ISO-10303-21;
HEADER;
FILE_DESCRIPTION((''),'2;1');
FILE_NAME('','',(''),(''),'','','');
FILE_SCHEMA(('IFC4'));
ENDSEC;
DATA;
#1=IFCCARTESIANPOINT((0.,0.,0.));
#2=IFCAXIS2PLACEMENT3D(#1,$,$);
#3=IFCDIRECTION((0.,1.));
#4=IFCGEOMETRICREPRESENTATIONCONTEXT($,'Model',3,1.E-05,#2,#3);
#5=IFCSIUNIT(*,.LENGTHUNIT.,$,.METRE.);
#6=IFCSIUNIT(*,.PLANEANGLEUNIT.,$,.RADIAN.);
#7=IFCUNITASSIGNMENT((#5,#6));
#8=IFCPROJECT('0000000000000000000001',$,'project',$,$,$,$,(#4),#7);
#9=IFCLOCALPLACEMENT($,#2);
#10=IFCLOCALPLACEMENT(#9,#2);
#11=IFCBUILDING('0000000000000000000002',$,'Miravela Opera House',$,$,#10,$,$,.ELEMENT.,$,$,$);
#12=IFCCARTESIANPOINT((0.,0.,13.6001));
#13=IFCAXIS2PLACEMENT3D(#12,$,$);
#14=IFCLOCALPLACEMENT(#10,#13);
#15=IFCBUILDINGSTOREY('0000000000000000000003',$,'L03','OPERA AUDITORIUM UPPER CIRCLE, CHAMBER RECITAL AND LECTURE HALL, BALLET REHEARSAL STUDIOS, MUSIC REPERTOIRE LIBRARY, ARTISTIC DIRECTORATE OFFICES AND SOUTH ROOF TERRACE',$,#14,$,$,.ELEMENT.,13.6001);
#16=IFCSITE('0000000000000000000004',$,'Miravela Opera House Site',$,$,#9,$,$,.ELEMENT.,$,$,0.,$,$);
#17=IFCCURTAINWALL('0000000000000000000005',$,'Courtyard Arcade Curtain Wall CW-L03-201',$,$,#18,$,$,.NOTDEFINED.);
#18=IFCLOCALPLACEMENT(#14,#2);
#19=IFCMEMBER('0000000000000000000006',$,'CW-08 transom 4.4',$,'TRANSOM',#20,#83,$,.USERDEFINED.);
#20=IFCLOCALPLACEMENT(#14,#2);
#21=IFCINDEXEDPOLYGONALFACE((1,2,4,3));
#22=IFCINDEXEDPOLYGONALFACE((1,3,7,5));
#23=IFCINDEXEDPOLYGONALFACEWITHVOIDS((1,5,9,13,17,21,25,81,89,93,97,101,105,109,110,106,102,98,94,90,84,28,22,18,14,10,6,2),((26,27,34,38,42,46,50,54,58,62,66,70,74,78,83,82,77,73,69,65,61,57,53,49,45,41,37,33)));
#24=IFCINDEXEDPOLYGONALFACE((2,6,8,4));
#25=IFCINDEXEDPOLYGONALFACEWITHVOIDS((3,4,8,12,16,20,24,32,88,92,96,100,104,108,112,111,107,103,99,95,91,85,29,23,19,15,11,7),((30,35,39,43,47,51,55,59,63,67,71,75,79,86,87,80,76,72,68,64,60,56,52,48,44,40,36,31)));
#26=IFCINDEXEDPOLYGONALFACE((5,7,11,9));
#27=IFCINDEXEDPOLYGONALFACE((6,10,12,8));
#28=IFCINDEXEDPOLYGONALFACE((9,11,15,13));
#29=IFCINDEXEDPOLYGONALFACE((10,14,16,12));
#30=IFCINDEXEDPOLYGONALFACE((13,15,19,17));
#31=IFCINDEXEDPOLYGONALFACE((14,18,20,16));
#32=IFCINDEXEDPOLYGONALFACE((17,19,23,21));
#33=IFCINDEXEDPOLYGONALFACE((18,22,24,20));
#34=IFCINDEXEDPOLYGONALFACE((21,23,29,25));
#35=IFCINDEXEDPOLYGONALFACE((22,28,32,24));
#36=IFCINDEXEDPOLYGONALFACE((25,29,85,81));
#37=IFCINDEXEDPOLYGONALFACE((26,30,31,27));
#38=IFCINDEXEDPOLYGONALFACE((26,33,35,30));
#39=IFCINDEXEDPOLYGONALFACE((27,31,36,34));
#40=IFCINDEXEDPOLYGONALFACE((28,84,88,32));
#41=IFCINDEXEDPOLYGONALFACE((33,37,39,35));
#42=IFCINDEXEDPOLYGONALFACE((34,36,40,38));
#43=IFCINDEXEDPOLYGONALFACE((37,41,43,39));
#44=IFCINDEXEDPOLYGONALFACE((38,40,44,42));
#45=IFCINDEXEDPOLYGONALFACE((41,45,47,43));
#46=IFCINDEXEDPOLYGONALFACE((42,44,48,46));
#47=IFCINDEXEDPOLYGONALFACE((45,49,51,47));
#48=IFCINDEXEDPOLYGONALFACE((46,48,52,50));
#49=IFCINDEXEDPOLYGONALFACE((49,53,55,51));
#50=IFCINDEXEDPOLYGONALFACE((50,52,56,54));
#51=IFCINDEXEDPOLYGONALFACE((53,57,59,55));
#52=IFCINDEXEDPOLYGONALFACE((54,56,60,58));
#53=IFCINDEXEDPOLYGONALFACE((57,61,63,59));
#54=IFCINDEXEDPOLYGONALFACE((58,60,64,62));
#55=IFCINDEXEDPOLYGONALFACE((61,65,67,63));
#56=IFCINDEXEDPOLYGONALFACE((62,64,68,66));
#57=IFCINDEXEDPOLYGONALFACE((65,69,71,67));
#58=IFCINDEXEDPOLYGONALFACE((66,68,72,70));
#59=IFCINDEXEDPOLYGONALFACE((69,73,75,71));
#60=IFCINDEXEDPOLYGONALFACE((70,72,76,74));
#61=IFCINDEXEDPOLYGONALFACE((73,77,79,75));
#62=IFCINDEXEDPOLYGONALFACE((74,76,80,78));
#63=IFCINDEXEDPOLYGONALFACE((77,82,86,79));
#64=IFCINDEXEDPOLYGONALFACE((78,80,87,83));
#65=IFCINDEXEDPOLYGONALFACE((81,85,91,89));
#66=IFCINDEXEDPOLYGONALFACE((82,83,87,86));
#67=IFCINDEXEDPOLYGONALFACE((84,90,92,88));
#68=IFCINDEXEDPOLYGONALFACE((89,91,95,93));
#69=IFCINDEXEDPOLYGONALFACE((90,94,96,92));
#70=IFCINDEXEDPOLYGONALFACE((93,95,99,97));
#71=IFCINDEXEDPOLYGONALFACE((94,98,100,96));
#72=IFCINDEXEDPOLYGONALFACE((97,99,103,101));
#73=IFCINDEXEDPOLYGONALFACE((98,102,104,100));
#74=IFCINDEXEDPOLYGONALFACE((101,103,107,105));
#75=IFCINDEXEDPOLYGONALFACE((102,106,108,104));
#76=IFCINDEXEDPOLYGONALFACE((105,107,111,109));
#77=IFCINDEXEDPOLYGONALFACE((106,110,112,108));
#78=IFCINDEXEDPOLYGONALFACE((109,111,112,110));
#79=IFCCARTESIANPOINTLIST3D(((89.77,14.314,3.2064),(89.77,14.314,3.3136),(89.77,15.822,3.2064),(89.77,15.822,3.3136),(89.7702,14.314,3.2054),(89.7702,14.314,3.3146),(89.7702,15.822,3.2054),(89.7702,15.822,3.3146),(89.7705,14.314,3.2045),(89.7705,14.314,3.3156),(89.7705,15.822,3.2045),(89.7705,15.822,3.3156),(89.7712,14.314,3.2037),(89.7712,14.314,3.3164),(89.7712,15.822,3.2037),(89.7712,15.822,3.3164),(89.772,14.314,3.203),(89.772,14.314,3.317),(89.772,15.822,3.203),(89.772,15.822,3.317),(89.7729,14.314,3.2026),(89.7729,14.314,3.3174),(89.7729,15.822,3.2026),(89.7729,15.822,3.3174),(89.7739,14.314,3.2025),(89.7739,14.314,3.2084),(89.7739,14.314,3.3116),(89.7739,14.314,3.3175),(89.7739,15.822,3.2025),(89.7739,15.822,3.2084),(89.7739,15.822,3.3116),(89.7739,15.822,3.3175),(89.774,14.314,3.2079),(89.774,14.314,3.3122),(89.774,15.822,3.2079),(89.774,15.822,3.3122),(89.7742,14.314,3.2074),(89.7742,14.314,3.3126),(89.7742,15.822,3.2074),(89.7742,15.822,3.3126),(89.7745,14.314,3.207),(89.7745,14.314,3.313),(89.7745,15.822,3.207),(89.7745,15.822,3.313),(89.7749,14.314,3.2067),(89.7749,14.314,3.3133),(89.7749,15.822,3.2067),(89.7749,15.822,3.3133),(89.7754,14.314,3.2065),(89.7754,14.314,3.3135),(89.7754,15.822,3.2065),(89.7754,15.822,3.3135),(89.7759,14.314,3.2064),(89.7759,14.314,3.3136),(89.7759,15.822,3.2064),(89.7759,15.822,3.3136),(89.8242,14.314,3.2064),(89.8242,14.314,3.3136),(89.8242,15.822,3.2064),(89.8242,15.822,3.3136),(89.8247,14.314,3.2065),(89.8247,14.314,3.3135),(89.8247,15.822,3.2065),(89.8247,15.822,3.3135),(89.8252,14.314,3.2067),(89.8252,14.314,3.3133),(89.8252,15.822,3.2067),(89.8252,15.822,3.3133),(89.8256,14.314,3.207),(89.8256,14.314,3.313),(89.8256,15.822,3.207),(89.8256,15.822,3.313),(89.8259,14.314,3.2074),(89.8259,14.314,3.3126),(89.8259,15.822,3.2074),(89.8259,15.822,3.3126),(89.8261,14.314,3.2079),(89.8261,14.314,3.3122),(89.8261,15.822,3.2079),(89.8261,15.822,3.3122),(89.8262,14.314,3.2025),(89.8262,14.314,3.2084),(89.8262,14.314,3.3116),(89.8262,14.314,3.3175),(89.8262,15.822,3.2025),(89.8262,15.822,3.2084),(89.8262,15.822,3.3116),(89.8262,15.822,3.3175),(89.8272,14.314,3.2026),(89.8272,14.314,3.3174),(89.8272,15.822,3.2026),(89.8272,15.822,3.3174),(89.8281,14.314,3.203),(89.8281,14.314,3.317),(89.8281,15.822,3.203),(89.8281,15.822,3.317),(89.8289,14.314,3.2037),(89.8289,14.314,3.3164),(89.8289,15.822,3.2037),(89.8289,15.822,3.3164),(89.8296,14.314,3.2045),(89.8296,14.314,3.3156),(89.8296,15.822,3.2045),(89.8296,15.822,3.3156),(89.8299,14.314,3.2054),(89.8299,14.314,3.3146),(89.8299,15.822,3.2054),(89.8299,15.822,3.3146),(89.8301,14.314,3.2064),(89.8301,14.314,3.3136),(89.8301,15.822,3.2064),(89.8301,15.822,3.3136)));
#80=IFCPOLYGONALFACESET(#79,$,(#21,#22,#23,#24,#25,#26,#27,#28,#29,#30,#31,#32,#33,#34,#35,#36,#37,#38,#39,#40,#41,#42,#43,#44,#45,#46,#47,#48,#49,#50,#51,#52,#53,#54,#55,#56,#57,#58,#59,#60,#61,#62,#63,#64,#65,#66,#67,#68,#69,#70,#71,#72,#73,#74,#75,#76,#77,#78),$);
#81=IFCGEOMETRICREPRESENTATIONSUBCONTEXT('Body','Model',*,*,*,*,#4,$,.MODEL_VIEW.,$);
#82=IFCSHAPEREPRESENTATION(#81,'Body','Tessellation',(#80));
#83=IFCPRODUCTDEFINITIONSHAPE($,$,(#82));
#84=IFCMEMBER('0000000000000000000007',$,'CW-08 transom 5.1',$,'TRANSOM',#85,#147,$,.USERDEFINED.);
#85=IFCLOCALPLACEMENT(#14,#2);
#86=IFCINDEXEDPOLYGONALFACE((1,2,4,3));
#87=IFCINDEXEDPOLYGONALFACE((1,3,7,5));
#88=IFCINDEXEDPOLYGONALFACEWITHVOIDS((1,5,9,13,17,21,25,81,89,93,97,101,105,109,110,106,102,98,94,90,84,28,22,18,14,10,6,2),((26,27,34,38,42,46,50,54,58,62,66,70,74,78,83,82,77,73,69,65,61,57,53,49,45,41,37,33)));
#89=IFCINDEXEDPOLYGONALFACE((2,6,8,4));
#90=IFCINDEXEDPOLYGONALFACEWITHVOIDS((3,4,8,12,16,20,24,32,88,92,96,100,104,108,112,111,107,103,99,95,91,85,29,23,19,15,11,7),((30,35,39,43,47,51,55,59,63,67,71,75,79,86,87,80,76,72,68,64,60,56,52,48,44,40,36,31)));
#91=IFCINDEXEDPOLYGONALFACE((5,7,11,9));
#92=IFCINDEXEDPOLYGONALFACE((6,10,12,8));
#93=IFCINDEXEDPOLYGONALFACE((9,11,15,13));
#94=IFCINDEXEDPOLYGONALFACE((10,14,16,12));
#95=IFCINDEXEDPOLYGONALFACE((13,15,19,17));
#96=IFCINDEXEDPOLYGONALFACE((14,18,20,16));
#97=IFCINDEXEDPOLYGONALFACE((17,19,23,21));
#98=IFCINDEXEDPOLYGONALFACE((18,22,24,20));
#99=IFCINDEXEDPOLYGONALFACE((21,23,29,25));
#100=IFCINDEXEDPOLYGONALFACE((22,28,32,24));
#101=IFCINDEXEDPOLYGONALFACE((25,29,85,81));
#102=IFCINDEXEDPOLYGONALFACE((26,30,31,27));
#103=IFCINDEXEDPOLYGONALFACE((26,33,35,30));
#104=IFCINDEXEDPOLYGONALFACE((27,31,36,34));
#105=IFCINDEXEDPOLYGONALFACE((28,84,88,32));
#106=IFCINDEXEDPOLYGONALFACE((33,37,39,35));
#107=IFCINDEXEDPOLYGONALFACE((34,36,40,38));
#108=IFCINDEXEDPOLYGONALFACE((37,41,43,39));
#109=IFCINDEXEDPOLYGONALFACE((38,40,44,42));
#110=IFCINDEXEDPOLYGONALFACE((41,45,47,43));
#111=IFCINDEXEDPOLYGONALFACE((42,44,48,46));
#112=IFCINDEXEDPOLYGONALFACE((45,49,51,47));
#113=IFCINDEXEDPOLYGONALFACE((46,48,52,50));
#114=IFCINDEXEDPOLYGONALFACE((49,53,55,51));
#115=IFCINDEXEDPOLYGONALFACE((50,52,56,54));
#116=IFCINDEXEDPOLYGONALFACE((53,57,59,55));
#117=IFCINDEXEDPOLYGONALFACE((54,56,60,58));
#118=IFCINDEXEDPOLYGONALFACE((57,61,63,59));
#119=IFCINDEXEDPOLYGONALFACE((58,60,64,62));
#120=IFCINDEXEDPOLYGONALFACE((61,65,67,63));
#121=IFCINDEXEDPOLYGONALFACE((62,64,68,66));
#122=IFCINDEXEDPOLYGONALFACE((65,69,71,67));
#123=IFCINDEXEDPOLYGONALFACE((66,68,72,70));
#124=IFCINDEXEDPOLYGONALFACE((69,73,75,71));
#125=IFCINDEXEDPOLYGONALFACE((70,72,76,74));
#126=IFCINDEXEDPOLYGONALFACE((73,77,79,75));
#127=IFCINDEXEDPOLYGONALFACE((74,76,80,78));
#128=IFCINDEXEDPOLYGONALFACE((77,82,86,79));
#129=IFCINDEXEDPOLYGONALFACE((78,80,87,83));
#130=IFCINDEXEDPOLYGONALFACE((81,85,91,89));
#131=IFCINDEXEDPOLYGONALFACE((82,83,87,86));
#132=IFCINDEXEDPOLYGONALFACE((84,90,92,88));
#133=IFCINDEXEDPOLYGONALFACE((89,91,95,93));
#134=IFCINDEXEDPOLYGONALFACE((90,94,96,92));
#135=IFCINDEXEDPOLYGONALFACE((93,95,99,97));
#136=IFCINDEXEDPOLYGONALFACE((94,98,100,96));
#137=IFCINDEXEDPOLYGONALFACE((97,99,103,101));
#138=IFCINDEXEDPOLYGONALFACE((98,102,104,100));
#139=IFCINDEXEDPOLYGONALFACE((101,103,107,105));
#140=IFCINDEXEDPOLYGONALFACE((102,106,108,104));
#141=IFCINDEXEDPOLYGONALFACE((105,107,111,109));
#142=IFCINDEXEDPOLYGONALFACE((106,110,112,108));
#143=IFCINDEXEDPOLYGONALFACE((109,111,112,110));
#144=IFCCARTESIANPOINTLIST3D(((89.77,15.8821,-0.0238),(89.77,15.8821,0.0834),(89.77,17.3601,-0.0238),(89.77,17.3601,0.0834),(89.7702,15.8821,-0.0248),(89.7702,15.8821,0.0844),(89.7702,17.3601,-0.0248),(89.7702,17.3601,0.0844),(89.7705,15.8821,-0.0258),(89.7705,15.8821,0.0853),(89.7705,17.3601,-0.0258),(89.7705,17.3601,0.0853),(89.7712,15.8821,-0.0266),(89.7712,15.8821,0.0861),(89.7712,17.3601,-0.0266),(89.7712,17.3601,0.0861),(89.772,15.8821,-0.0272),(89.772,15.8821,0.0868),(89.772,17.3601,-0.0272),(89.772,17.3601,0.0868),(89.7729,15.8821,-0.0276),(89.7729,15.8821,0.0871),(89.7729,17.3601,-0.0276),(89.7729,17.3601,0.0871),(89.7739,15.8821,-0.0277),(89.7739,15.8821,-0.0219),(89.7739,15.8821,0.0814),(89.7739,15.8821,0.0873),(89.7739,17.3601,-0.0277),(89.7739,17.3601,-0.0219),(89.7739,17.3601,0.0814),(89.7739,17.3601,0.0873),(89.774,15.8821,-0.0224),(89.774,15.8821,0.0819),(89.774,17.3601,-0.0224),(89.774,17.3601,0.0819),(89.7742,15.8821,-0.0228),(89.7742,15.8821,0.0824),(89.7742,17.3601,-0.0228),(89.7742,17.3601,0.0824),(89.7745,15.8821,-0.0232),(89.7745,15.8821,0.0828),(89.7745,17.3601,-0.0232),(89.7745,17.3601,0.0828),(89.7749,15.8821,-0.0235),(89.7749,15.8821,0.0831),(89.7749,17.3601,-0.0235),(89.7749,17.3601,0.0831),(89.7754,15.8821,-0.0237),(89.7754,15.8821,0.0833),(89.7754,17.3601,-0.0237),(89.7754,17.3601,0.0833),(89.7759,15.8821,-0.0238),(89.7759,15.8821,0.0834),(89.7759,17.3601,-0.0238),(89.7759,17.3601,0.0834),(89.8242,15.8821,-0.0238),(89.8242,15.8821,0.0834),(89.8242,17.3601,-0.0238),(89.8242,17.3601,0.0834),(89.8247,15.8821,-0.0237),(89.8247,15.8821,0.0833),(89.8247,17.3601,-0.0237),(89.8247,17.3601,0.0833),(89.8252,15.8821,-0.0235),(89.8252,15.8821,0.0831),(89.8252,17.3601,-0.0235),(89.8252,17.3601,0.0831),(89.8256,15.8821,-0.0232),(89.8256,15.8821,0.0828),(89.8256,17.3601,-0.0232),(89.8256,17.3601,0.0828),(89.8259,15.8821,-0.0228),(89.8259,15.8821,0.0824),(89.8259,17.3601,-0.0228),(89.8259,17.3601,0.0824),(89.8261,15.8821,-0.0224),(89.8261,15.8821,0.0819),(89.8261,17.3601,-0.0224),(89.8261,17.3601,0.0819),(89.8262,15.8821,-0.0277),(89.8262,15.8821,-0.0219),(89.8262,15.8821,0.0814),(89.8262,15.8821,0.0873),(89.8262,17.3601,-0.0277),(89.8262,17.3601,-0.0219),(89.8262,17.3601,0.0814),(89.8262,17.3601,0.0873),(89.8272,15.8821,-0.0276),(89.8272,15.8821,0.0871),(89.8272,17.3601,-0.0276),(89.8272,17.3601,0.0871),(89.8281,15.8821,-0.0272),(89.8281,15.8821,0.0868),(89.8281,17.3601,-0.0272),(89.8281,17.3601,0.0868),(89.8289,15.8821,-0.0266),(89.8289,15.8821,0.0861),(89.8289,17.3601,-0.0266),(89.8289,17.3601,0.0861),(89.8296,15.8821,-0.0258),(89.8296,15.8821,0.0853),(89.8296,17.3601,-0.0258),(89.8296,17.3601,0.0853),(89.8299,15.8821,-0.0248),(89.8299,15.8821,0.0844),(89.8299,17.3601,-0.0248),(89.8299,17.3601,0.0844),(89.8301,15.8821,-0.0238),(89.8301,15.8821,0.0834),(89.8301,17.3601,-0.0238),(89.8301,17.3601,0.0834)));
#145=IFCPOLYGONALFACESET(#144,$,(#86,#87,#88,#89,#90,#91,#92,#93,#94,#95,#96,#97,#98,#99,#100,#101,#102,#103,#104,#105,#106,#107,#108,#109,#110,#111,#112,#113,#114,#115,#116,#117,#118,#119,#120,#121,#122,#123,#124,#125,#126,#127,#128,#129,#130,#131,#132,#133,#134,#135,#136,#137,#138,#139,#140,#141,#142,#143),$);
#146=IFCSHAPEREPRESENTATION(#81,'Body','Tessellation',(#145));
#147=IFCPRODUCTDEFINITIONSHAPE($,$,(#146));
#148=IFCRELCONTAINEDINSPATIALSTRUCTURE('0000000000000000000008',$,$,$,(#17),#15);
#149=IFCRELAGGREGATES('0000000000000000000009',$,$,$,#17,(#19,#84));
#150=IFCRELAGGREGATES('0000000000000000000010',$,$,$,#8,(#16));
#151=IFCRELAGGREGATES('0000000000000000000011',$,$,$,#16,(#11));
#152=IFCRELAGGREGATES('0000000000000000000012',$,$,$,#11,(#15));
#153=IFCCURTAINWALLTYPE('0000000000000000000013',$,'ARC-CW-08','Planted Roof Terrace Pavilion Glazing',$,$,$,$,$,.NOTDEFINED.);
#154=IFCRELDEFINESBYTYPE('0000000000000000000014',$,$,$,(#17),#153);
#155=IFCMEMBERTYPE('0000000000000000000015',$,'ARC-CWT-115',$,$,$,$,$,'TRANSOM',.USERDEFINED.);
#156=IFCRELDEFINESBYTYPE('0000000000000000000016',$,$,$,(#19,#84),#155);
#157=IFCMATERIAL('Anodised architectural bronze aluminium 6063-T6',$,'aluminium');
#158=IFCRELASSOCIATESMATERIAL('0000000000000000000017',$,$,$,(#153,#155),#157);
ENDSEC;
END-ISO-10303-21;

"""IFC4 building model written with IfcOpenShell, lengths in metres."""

from ifc_helpers import new_model, si_unit, direction, frame, origin, origin_2d, place, context, subcontext, project, spatial, hollow_rectangle, extrude, material, material_profile, profile_set, type_object, element, aggregate, save


model = new_model("IFC4")

# Units and contexts
model_context = context("Model", 3, precision=1e-05, world=origin(), true_north=direction((0.0, 1.0)))
body_context = subcontext(model_context, "Body", "Model", "MODEL_VIEW")
ifc_project = project(units=[si_unit("LENGTHUNIT", "METRE"), si_unit("PLANEANGLEUNIT", "RADIAN")], contexts=[model_context])

# Site, building, storey
site_placement = place(None, origin())
site = spatial("IfcSite", under=ifc_project, at=site_placement, Name="Miravela Opera House Site", CompositionType="ELEMENT", RefElevation=0.0)
building_placement = place(site_placement, origin())
building = spatial("IfcBuilding", under=site, at=building_placement, Name="Miravela Opera House", CompositionType="ELEMENT")
storey_placement = place(building_placement, frame((0.0, 0.0, 13.6001)))
storey = spatial("IfcBuildingStorey", under=building, at=storey_placement, Name="L03", Description="OPERA AUDITORIUM UPPER CIRCLE, CHAMBER RECITAL AND LECTURE HALL, BALLET REHEARSAL STUDIOS, MUSIC REPERTOIRE LIBRARY, ARTISTIC DIRECTORATE OFFICES AND SOUTH ROOF TERRACE", CompositionType="ELEMENT", Elevation=13.6001)

# Curtain wall
ifc_material_1 = material(Name="Anodised architectural bronze aluminium 6063-T6", Category="aluminium")
curtain_wall_type = type_object("IfcCurtainWallType", Name="ARC-CW-08", Description="Planted Roof Terrace Pavilion Glazing", PredefinedType="NOTDEFINED", material=ifc_material_1)
curtain_wall_1_placement = place(storey_placement, origin())
curtain_wall_1 = element("IfcCurtainWall", 1, at=curtain_wall_1_placement, inside=storey, type_object=curtain_wall_type, Name="Courtyard Arcade Curtain Wall CW-L03-201", PredefinedType="NOTDEFINED")

# Members
ifc_material_profile_1 = material_profile(ifc_material_1, hollow_rectangle(XDim=0.0601, YDim=0.115, WallThickness=0.0039, InnerFilletRadius=0.002, OuterFilletRadius=0.0039, at=origin_2d()), Name="CWT-60X115")
ifc_profile_set_1 = profile_set([ifc_material_profile_1])
member_type_1 = type_object("IfcMemberType", Name="ARC-CWT-115", ElementType="TRANSOM", PredefinedType="USERDEFINED", material=ifc_profile_set_1)
member_1_placement = place(storey_placement, frame((89.8, 14.314, 3.26), z_axis=(0.0, 1.0, 0.0), x_axis=(-1.0, 0.0, 0.0)))
member_1 = element("IfcMember", 2, at=member_1_placement, type_object=member_type_1, Name="CW-08 transom 4.4", ObjectType="TRANSOM", PredefinedType="USERDEFINED", context=body_context, shape_type="SweptSolid", body=[
    extrude(hollow_rectangle(XDim=0.0601, YDim=0.115, WallThickness=0.0039, InnerFilletRadius=0.002, OuterFilletRadius=0.0039, at=origin_2d()), origin(), (0.0, 0.0, 1.0), 1.5081),
])
member_2_placement = place(storey_placement, frame((89.8, 15.8821, 0.0298), z_axis=(0.0, 1.0, 0.0), x_axis=(-1.0, 0.0, 0.0)))
member_2 = element("IfcMember", 3, at=member_2_placement, type_object=member_type_1, Name="CW-08 transom 5.1", ObjectType="TRANSOM", PredefinedType="USERDEFINED", context=body_context, shape_type="SweptSolid", body=[
    extrude(hollow_rectangle(XDim=0.0601, YDim=0.115, WallThickness=0.0039, InnerFilletRadius=0.002, OuterFilletRadius=0.0039, at=origin_2d()), origin(), (0.0, 0.0, 1.0), 1.478),
])

aggregate(curtain_wall_1, [member_1, member_2])

save(model, "model.ifc")
